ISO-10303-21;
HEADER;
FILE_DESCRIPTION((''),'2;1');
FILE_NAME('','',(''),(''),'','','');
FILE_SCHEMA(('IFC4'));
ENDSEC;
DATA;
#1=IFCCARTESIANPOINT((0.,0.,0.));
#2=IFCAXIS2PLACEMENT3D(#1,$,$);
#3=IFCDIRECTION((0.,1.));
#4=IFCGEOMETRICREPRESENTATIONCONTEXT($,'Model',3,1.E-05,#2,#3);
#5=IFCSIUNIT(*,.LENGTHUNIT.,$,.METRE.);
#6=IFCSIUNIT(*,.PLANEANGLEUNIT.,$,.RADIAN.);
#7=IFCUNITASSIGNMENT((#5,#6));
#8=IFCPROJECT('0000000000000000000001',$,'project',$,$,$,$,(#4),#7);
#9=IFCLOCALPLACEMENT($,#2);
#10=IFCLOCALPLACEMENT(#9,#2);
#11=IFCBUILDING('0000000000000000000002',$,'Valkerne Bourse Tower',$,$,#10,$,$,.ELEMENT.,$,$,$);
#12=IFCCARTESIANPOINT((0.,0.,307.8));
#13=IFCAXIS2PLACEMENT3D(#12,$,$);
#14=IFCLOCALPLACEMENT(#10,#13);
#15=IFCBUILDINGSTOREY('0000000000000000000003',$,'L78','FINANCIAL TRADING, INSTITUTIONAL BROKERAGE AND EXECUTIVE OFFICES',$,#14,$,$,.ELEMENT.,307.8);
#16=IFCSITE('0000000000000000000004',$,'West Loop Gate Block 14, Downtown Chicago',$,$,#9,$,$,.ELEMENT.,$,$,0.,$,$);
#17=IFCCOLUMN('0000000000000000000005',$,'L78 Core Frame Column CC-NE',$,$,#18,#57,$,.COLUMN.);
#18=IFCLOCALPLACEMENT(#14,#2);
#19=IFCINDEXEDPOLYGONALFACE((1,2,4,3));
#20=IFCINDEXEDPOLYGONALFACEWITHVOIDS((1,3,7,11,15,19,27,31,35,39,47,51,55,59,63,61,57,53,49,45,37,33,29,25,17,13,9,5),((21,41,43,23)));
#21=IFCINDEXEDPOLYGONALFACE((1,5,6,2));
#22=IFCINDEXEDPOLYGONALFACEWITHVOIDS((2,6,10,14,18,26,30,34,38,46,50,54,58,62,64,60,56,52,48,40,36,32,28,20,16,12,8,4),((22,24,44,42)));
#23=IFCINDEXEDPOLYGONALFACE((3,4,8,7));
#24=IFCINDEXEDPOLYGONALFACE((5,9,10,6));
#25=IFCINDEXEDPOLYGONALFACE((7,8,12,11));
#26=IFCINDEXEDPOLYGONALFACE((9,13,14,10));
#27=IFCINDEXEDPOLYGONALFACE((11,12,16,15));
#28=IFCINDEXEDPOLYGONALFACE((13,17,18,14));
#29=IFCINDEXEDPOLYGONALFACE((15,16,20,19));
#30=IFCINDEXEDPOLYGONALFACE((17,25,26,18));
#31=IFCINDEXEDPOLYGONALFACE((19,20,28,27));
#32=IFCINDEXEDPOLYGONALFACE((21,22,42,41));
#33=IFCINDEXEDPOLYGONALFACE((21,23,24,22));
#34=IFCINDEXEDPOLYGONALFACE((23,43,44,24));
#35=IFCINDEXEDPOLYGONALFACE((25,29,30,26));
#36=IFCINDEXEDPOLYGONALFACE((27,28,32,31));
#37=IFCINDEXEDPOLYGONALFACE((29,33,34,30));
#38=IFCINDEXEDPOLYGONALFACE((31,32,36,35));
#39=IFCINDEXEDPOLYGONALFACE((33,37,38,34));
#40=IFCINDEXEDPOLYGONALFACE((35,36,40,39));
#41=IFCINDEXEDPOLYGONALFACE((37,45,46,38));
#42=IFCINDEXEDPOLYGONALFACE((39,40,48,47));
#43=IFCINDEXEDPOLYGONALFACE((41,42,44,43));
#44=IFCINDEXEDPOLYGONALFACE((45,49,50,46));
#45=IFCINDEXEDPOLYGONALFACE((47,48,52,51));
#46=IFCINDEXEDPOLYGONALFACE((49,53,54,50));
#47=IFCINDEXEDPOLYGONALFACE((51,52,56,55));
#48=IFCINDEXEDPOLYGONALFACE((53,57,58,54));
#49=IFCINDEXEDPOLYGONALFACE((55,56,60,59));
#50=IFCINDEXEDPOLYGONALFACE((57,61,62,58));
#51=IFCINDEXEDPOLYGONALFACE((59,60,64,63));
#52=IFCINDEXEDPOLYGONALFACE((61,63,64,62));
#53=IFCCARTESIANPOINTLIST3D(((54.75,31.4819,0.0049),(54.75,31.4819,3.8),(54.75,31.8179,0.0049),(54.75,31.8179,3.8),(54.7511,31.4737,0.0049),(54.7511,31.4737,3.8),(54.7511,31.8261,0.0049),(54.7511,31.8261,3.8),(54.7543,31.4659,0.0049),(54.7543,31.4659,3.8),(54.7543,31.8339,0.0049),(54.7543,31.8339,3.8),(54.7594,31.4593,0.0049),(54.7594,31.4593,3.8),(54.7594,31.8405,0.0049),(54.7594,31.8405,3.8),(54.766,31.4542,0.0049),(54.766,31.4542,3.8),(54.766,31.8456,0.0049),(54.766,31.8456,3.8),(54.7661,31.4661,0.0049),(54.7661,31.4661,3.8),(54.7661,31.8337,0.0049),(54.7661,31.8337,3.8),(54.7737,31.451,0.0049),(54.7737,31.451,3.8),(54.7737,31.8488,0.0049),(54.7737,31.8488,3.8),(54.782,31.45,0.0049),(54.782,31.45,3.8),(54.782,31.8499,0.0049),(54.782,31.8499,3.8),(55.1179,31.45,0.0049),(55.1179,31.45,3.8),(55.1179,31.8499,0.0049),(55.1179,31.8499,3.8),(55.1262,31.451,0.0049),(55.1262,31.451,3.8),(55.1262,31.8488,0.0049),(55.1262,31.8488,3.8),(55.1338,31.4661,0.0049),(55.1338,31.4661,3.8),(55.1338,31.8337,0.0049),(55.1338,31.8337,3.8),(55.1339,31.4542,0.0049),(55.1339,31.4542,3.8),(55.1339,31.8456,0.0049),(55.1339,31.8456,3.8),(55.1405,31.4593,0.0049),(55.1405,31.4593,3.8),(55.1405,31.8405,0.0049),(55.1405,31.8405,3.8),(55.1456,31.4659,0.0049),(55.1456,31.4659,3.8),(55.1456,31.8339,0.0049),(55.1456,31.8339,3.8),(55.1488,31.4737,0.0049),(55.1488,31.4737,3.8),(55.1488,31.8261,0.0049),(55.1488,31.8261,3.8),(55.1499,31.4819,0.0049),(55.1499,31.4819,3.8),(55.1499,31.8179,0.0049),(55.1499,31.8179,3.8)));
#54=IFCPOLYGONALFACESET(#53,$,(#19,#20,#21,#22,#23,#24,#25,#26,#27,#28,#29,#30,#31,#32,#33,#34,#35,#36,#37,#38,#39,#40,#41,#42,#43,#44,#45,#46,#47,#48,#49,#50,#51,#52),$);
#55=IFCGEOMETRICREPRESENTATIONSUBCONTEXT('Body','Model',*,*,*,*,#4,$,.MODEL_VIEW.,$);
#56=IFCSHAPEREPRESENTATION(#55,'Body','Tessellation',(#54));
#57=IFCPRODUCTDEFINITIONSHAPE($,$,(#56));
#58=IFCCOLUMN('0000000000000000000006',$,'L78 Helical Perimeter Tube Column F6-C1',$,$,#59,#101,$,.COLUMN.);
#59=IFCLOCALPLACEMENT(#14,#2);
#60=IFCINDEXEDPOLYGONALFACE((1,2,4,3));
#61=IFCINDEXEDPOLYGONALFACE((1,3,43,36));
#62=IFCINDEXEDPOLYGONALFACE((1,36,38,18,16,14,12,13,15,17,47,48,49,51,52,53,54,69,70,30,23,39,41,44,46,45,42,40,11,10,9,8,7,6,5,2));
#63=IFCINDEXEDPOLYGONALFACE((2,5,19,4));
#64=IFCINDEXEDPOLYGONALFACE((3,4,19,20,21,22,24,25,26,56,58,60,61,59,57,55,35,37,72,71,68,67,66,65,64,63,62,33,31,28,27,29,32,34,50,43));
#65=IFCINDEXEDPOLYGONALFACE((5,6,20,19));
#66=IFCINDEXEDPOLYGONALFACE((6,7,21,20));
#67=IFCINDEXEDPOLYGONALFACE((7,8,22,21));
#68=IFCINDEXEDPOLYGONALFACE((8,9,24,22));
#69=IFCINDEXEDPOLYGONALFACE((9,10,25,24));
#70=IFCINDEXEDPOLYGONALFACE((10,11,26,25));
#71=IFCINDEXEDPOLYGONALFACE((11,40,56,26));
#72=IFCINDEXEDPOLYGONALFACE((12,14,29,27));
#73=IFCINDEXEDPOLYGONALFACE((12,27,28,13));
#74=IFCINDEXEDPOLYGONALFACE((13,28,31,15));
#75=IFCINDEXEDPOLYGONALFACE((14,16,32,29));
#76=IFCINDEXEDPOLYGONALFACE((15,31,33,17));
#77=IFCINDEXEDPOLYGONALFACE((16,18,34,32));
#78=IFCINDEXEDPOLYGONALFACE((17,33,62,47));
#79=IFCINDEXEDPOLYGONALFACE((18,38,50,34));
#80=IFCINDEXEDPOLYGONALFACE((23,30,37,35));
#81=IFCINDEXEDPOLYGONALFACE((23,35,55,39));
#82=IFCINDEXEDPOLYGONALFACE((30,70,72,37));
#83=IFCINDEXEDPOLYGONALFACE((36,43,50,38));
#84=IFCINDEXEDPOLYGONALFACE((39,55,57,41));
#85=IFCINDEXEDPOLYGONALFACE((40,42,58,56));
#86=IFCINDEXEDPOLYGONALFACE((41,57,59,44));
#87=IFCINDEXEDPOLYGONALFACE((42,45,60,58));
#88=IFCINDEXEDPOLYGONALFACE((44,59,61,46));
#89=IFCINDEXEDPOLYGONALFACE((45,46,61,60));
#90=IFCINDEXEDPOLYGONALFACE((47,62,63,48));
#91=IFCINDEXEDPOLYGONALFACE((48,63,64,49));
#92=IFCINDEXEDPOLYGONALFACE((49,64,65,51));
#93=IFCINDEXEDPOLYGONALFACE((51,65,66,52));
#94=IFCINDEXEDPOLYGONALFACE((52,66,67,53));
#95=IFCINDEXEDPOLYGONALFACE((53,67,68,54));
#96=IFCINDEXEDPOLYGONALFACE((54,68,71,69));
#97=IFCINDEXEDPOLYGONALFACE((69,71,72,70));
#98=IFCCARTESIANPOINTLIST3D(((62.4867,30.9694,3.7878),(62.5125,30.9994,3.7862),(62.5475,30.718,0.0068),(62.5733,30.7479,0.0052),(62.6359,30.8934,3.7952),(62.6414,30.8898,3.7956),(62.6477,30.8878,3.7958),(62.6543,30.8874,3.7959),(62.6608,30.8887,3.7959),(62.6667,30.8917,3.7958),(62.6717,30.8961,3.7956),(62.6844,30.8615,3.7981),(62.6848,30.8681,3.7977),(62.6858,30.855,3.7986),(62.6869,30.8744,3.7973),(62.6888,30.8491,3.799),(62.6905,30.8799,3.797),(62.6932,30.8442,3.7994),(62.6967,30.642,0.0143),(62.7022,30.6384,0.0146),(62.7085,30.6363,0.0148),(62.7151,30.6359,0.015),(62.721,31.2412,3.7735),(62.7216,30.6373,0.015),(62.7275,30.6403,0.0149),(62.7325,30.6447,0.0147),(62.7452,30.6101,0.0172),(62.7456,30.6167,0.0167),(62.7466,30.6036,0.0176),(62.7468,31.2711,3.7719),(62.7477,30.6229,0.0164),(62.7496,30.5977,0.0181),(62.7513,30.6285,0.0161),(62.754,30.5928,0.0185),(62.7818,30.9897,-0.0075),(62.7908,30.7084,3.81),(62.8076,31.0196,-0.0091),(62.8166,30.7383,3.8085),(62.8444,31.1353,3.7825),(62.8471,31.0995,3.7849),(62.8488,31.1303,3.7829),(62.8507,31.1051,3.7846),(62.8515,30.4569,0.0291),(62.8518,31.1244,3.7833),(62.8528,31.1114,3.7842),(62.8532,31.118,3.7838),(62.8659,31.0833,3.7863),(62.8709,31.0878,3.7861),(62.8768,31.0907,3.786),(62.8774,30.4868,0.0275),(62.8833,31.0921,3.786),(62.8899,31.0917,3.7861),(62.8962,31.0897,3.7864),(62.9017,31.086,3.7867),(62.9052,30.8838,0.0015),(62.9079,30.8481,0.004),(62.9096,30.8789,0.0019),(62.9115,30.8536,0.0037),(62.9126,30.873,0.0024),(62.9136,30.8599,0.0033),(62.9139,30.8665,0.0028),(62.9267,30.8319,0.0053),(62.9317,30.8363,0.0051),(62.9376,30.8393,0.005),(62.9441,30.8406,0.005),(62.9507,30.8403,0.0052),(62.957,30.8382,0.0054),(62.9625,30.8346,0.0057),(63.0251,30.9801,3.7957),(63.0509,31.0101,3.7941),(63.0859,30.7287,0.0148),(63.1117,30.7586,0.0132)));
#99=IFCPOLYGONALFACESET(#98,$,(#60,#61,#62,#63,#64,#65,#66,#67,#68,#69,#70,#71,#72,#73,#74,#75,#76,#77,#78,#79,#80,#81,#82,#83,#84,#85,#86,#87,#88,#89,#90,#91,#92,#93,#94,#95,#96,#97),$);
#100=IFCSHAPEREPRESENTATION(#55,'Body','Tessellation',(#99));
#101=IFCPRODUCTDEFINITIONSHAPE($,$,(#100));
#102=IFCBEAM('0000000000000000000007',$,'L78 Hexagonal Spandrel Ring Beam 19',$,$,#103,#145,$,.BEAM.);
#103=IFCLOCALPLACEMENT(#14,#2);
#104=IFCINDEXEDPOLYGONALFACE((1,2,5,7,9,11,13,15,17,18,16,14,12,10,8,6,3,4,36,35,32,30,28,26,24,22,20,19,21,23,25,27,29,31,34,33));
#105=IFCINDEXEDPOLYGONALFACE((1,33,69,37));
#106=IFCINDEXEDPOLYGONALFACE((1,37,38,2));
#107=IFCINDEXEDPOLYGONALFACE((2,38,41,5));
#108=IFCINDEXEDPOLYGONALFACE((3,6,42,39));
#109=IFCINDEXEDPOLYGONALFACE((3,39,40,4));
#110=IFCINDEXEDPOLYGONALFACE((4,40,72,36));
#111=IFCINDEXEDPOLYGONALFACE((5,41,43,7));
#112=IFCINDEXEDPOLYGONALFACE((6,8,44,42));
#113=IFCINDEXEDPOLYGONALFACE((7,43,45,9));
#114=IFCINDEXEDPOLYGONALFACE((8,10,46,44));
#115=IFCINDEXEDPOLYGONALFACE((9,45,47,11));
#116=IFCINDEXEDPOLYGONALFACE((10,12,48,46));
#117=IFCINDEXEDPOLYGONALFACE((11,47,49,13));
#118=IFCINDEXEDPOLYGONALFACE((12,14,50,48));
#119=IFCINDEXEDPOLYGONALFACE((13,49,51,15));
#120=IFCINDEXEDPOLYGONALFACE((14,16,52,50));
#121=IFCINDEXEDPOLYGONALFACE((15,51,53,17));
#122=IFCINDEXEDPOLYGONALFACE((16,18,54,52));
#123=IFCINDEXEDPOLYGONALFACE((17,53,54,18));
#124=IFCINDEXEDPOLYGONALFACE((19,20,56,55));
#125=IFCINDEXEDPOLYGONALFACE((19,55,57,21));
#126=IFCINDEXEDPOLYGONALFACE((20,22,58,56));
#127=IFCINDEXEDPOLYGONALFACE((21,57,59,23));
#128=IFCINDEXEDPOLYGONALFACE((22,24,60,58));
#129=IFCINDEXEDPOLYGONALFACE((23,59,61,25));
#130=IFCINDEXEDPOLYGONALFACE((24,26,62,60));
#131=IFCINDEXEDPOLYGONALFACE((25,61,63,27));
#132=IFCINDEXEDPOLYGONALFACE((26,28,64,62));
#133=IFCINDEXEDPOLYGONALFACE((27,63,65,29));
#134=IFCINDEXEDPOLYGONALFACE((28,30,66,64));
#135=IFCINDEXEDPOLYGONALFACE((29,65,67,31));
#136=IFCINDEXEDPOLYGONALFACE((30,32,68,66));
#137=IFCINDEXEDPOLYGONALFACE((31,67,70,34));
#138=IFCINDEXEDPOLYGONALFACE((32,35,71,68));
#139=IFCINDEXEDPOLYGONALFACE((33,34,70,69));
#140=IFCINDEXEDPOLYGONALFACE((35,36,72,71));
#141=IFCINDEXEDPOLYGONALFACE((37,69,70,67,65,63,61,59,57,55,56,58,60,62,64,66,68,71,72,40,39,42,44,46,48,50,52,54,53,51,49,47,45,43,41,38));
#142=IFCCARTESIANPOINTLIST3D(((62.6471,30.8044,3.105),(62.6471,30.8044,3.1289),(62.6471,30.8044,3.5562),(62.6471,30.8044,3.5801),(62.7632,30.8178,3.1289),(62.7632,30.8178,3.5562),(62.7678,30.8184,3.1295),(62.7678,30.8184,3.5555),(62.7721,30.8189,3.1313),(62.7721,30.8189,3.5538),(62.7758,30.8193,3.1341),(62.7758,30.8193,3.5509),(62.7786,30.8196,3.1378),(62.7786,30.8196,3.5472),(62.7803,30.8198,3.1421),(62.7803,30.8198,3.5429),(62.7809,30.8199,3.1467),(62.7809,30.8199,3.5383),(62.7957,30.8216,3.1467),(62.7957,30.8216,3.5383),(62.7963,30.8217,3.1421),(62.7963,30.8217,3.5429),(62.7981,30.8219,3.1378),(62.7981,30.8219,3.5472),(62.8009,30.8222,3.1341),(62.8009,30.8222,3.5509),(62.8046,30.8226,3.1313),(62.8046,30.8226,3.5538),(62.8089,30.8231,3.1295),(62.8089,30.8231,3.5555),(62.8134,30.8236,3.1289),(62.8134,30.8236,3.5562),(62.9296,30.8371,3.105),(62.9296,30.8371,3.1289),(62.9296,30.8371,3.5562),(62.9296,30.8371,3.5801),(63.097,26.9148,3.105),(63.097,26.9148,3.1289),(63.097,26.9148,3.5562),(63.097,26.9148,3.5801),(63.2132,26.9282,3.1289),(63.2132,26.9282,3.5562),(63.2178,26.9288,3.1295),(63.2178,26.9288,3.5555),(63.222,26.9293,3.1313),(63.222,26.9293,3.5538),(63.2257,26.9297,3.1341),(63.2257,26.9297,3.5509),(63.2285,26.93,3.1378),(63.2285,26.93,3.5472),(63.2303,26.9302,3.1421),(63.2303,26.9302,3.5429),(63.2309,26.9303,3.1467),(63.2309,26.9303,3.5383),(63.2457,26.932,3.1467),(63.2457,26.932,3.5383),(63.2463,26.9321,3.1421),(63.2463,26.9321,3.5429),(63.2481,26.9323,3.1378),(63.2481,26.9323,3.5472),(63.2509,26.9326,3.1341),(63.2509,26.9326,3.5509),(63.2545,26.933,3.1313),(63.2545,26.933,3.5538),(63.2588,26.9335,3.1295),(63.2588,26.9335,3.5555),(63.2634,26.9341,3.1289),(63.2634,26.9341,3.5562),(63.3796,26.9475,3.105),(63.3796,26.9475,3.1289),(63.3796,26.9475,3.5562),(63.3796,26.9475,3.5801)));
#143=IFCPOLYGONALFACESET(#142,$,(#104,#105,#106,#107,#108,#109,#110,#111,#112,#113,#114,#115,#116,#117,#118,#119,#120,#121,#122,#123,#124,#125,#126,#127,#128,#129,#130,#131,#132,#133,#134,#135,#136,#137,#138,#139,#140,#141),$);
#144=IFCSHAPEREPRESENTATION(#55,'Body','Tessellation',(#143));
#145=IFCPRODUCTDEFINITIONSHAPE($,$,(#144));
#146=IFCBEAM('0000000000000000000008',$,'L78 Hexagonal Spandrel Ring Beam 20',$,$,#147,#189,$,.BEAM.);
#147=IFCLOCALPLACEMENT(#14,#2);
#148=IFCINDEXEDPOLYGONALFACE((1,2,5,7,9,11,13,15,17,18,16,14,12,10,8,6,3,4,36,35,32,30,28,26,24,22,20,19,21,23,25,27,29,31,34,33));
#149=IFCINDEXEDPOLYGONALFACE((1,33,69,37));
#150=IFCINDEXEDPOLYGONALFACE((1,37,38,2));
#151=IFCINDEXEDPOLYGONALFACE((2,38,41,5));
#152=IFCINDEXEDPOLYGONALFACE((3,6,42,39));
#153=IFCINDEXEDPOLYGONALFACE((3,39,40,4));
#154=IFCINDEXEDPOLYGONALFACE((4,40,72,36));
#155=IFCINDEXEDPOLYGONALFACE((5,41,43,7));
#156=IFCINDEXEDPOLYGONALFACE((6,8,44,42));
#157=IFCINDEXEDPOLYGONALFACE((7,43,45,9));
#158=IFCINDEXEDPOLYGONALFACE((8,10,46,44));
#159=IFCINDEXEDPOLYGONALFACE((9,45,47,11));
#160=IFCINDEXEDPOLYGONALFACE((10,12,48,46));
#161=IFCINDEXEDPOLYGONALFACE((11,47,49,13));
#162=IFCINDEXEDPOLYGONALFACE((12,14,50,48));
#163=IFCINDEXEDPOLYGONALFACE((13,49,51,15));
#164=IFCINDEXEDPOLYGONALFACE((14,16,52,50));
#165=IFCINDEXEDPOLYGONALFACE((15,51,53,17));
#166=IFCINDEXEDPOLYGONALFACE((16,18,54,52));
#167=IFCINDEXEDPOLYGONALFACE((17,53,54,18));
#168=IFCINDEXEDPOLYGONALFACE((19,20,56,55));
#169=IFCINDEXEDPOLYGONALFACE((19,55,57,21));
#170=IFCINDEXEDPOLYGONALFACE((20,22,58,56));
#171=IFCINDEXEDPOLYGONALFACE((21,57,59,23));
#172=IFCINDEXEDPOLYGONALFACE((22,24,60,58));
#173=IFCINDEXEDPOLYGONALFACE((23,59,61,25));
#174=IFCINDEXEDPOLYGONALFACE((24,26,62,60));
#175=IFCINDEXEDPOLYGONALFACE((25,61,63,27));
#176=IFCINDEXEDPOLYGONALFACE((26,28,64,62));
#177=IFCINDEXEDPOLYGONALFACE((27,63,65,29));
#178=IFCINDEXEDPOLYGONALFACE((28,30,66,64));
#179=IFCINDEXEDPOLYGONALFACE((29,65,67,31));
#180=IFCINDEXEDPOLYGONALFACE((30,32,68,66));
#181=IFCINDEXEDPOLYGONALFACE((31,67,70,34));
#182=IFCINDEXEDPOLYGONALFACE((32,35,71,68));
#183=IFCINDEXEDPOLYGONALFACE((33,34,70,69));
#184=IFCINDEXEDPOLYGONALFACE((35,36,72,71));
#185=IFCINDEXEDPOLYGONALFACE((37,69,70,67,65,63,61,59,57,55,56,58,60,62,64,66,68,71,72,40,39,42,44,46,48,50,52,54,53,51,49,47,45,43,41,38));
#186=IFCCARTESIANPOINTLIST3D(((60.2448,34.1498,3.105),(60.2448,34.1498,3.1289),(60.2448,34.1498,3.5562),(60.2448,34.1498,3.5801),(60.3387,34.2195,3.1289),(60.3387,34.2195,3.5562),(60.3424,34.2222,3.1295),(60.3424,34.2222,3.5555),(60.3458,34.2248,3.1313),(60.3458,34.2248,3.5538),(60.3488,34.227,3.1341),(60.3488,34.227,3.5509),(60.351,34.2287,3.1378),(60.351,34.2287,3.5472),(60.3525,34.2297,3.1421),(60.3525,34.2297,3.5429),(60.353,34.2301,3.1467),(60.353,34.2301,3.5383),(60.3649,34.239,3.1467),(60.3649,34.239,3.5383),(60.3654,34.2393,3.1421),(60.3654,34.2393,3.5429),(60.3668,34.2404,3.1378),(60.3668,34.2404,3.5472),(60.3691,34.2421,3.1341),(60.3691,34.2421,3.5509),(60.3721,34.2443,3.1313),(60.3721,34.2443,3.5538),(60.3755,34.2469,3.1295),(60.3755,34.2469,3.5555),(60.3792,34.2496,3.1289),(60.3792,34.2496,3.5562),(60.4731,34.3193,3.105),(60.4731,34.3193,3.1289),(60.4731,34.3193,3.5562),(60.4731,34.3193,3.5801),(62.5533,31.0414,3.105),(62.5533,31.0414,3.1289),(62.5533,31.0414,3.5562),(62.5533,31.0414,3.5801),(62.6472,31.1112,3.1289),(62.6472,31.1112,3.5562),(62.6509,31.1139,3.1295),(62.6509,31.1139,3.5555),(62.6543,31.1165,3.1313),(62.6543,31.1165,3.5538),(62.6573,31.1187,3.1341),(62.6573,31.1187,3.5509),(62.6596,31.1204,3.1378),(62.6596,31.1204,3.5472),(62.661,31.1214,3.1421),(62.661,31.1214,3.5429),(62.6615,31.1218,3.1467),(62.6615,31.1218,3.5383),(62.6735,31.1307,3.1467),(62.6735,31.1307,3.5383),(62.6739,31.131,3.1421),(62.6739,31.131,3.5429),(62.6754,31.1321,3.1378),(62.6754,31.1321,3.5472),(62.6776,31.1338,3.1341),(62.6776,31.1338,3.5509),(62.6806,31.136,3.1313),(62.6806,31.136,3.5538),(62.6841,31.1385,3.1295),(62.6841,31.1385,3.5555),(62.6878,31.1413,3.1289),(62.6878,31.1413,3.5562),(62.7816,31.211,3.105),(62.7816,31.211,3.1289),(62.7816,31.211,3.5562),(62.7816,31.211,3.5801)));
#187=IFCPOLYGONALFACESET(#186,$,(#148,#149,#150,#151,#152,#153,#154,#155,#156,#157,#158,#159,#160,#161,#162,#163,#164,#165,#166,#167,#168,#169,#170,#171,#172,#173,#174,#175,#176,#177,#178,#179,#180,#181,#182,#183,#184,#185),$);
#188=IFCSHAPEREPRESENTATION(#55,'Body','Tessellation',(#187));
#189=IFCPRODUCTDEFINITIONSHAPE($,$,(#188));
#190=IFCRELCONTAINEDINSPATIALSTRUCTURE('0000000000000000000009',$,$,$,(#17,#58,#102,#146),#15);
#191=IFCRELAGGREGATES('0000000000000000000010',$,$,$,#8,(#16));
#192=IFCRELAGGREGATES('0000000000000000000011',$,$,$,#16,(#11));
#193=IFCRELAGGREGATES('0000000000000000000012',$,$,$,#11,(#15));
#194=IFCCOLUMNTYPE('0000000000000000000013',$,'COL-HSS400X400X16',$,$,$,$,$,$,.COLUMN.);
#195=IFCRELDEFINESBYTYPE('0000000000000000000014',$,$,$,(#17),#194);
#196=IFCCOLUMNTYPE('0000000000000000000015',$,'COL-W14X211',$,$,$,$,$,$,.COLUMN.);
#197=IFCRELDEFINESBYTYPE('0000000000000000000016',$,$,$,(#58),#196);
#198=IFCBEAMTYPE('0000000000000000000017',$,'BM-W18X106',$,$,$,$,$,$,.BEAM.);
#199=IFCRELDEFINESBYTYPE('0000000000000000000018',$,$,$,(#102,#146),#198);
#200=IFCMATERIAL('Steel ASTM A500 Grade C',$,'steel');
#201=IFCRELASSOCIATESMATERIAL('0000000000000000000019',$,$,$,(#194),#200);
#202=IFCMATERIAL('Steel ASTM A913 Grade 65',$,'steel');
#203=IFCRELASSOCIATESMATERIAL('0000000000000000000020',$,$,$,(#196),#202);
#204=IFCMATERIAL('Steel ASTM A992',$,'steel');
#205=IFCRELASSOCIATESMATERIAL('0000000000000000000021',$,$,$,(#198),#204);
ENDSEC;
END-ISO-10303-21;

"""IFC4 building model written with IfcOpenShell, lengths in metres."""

from ifc_helpers import new_model, si_unit, direction, frame, origin, origin_2d, place, context, subcontext, project, spatial, hollow_rectangle, i_section, extrude, material, material_profile, profile_set, type_object, element, save


model = new_model("IFC4")

# Units and contexts
model_context = context("Model", 3, precision=1e-05, world=origin(), true_north=direction((0.0, 1.0)))
body_context = subcontext(model_context, "Body", "Model", "MODEL_VIEW")
ifc_project = project(units=[si_unit("LENGTHUNIT", "METRE"), si_unit("PLANEANGLEUNIT", "RADIAN")], contexts=[model_context])

# Site, building, storey
site_placement = place(None, origin())
site = spatial("IfcSite", under=ifc_project, at=site_placement, Name="West Loop Gate Block 14, Downtown Chicago", CompositionType="ELEMENT", RefElevation=0.0)
building_placement = place(site_placement, origin())
building = spatial("IfcBuilding", under=site, at=building_placement, Name="Valkerne Bourse Tower", CompositionType="ELEMENT")
storey_placement = place(building_placement, frame((0.0, 0.0, 307.8)))
storey = spatial("IfcBuildingStorey", under=building, at=storey_placement, Name="L78", Description="FINANCIAL TRADING, INSTITUTIONAL BROKERAGE AND EXECUTIVE OFFICES", CompositionType="ELEMENT", Elevation=307.8)

# Columns
ifc_material_1 = material(Name="Steel ASTM A500 Grade C", Category="steel")
ifc_material_profile_1 = material_profile(ifc_material_1, hollow_rectangle(XDim=0.3999, YDim=0.3999, WallThickness=0.0161, OuterFilletRadius=0.032, at=origin_2d()), Name="HSS400X400X16")
ifc_profile_set_1 = profile_set([ifc_material_profile_1], Name="Steel ASTM A500 Grade C")
column_type_1 = type_object("IfcColumnType", Name="COL-HSS400X400X16", PredefinedType="COLUMN", material=ifc_profile_set_1)
column_1_placement = place(storey_placement, frame((54.95, 31.6499, 0.0049), z_axis=(0.0, 0.0, 1.0), x_axis=(1.0, 0.0, 0.0)))
element("IfcColumn", 1, at=column_1_placement, inside=storey, type_object=column_type_1, Name="L78 Core Frame Column CC-NE", PredefinedType="COLUMN", context=body_context, shape_type="SweptSolid", body=[
    extrude(hollow_rectangle(XDim=0.3999, YDim=0.3999, WallThickness=0.0161, OuterFilletRadius=0.032, at=origin_2d()), origin(), (0.0, 0.0, 1.0), 3.7952),
])
ifc_material_2 = material(Name="Steel ASTM A913 Grade 65", Category="steel")
ifc_material_profile_2 = material_profile(ifc_material_2, i_section(OverallWidth=0.4014, OverallDepth=0.3987, WebThickness=0.0249, FlangeThickness=0.0396, FilletRadius=0.0254, at=origin_2d()), Name="W14X211")
ifc_profile_set_2 = profile_set([ifc_material_profile_2], Name="Steel ASTM A913 Grade 65")
column_type_2 = type_object("IfcColumnType", Name="COL-W14X211", PredefinedType="COLUMN", material=ifc_profile_set_2)
column_2_placement = place(storey_placement, frame((62.8296, 30.7383, 0.01), z_axis=(-0.01604, 0.066352, 0.997667), x_axis=(0.75758, -0.650385, 0.055436)))
element("IfcColumn", 2, at=column_2_placement, inside=storey, type_object=column_type_2, Name="L78 Helical Perimeter Tube Column F6-C1", PredefinedType="COLUMN", context=body_context, shape_type="SweptSolid", body=[
    extrude(i_section(OverallWidth=0.4014, OverallDepth=0.3987, WebThickness=0.0249, FlangeThickness=0.0396, FilletRadius=0.0254, at=origin_2d()), origin(), (0.0, 0.0, 1.0), 3.7898),
])

# Beams
ifc_material_3 = material(Name="Steel ASTM A992", Category="steel")
ifc_material_profile_3 = material_profile(ifc_material_3, i_section(OverallWidth=0.2844, OverallDepth=0.4751, WebThickness=0.0149, FlangeThickness=0.0239, FilletRadius=0.0178, at=origin_2d()), Name="W18X106")
ifc_profile_set_3 = profile_set([ifc_material_profile_3], Name="Steel ASTM A992")
beam_type_1 = type_object("IfcBeamType", Name="BM-W18X106", PredefinedType="BEAM", material=ifc_profile_set_3)
beam_1_placement = place(storey_placement, frame((63.2383, 26.9312, 3.3425), z_axis=(-0.114913, 0.993376, 0.0), x_axis=(-0.993376, -0.114913, 0.0)))
element("IfcBeam", 3, at=beam_1_placement, inside=storey, type_object=beam_type_1, Name="L78 Hexagonal Spandrel Ring Beam 19", PredefinedType="BEAM", context=body_context, shape_type="SweptSolid", body=[
    extrude(i_section(OverallWidth=0.2844, OverallDepth=0.4751, WebThickness=0.0149, FlangeThickness=0.0239, FilletRadius=0.0178, at=origin_2d()), origin(), (0.0, 0.0, 1.0), 3.9155),
])
beam_2_placement = place(storey_placement, frame((62.6675, 31.1262, 3.3425), z_axis=(-0.59624, 0.802806, 0.0), x_axis=(-0.802806, -0.59624, 0.0)))
element("IfcBeam", 4, at=beam_2_placement, inside=storey, type_object=beam_type_1, Name="L78 Hexagonal Spandrel Ring Beam 20", PredefinedType="BEAM", context=body_context, shape_type="SweptSolid", body=[
    extrude(i_section(OverallWidth=0.2844, OverallDepth=0.4751, WebThickness=0.0149, FlangeThickness=0.0239, FilletRadius=0.0178, at=origin_2d()), origin(), (0.0, 0.0, 1.0), 3.8718),
])

save(model, "model.ifc")
